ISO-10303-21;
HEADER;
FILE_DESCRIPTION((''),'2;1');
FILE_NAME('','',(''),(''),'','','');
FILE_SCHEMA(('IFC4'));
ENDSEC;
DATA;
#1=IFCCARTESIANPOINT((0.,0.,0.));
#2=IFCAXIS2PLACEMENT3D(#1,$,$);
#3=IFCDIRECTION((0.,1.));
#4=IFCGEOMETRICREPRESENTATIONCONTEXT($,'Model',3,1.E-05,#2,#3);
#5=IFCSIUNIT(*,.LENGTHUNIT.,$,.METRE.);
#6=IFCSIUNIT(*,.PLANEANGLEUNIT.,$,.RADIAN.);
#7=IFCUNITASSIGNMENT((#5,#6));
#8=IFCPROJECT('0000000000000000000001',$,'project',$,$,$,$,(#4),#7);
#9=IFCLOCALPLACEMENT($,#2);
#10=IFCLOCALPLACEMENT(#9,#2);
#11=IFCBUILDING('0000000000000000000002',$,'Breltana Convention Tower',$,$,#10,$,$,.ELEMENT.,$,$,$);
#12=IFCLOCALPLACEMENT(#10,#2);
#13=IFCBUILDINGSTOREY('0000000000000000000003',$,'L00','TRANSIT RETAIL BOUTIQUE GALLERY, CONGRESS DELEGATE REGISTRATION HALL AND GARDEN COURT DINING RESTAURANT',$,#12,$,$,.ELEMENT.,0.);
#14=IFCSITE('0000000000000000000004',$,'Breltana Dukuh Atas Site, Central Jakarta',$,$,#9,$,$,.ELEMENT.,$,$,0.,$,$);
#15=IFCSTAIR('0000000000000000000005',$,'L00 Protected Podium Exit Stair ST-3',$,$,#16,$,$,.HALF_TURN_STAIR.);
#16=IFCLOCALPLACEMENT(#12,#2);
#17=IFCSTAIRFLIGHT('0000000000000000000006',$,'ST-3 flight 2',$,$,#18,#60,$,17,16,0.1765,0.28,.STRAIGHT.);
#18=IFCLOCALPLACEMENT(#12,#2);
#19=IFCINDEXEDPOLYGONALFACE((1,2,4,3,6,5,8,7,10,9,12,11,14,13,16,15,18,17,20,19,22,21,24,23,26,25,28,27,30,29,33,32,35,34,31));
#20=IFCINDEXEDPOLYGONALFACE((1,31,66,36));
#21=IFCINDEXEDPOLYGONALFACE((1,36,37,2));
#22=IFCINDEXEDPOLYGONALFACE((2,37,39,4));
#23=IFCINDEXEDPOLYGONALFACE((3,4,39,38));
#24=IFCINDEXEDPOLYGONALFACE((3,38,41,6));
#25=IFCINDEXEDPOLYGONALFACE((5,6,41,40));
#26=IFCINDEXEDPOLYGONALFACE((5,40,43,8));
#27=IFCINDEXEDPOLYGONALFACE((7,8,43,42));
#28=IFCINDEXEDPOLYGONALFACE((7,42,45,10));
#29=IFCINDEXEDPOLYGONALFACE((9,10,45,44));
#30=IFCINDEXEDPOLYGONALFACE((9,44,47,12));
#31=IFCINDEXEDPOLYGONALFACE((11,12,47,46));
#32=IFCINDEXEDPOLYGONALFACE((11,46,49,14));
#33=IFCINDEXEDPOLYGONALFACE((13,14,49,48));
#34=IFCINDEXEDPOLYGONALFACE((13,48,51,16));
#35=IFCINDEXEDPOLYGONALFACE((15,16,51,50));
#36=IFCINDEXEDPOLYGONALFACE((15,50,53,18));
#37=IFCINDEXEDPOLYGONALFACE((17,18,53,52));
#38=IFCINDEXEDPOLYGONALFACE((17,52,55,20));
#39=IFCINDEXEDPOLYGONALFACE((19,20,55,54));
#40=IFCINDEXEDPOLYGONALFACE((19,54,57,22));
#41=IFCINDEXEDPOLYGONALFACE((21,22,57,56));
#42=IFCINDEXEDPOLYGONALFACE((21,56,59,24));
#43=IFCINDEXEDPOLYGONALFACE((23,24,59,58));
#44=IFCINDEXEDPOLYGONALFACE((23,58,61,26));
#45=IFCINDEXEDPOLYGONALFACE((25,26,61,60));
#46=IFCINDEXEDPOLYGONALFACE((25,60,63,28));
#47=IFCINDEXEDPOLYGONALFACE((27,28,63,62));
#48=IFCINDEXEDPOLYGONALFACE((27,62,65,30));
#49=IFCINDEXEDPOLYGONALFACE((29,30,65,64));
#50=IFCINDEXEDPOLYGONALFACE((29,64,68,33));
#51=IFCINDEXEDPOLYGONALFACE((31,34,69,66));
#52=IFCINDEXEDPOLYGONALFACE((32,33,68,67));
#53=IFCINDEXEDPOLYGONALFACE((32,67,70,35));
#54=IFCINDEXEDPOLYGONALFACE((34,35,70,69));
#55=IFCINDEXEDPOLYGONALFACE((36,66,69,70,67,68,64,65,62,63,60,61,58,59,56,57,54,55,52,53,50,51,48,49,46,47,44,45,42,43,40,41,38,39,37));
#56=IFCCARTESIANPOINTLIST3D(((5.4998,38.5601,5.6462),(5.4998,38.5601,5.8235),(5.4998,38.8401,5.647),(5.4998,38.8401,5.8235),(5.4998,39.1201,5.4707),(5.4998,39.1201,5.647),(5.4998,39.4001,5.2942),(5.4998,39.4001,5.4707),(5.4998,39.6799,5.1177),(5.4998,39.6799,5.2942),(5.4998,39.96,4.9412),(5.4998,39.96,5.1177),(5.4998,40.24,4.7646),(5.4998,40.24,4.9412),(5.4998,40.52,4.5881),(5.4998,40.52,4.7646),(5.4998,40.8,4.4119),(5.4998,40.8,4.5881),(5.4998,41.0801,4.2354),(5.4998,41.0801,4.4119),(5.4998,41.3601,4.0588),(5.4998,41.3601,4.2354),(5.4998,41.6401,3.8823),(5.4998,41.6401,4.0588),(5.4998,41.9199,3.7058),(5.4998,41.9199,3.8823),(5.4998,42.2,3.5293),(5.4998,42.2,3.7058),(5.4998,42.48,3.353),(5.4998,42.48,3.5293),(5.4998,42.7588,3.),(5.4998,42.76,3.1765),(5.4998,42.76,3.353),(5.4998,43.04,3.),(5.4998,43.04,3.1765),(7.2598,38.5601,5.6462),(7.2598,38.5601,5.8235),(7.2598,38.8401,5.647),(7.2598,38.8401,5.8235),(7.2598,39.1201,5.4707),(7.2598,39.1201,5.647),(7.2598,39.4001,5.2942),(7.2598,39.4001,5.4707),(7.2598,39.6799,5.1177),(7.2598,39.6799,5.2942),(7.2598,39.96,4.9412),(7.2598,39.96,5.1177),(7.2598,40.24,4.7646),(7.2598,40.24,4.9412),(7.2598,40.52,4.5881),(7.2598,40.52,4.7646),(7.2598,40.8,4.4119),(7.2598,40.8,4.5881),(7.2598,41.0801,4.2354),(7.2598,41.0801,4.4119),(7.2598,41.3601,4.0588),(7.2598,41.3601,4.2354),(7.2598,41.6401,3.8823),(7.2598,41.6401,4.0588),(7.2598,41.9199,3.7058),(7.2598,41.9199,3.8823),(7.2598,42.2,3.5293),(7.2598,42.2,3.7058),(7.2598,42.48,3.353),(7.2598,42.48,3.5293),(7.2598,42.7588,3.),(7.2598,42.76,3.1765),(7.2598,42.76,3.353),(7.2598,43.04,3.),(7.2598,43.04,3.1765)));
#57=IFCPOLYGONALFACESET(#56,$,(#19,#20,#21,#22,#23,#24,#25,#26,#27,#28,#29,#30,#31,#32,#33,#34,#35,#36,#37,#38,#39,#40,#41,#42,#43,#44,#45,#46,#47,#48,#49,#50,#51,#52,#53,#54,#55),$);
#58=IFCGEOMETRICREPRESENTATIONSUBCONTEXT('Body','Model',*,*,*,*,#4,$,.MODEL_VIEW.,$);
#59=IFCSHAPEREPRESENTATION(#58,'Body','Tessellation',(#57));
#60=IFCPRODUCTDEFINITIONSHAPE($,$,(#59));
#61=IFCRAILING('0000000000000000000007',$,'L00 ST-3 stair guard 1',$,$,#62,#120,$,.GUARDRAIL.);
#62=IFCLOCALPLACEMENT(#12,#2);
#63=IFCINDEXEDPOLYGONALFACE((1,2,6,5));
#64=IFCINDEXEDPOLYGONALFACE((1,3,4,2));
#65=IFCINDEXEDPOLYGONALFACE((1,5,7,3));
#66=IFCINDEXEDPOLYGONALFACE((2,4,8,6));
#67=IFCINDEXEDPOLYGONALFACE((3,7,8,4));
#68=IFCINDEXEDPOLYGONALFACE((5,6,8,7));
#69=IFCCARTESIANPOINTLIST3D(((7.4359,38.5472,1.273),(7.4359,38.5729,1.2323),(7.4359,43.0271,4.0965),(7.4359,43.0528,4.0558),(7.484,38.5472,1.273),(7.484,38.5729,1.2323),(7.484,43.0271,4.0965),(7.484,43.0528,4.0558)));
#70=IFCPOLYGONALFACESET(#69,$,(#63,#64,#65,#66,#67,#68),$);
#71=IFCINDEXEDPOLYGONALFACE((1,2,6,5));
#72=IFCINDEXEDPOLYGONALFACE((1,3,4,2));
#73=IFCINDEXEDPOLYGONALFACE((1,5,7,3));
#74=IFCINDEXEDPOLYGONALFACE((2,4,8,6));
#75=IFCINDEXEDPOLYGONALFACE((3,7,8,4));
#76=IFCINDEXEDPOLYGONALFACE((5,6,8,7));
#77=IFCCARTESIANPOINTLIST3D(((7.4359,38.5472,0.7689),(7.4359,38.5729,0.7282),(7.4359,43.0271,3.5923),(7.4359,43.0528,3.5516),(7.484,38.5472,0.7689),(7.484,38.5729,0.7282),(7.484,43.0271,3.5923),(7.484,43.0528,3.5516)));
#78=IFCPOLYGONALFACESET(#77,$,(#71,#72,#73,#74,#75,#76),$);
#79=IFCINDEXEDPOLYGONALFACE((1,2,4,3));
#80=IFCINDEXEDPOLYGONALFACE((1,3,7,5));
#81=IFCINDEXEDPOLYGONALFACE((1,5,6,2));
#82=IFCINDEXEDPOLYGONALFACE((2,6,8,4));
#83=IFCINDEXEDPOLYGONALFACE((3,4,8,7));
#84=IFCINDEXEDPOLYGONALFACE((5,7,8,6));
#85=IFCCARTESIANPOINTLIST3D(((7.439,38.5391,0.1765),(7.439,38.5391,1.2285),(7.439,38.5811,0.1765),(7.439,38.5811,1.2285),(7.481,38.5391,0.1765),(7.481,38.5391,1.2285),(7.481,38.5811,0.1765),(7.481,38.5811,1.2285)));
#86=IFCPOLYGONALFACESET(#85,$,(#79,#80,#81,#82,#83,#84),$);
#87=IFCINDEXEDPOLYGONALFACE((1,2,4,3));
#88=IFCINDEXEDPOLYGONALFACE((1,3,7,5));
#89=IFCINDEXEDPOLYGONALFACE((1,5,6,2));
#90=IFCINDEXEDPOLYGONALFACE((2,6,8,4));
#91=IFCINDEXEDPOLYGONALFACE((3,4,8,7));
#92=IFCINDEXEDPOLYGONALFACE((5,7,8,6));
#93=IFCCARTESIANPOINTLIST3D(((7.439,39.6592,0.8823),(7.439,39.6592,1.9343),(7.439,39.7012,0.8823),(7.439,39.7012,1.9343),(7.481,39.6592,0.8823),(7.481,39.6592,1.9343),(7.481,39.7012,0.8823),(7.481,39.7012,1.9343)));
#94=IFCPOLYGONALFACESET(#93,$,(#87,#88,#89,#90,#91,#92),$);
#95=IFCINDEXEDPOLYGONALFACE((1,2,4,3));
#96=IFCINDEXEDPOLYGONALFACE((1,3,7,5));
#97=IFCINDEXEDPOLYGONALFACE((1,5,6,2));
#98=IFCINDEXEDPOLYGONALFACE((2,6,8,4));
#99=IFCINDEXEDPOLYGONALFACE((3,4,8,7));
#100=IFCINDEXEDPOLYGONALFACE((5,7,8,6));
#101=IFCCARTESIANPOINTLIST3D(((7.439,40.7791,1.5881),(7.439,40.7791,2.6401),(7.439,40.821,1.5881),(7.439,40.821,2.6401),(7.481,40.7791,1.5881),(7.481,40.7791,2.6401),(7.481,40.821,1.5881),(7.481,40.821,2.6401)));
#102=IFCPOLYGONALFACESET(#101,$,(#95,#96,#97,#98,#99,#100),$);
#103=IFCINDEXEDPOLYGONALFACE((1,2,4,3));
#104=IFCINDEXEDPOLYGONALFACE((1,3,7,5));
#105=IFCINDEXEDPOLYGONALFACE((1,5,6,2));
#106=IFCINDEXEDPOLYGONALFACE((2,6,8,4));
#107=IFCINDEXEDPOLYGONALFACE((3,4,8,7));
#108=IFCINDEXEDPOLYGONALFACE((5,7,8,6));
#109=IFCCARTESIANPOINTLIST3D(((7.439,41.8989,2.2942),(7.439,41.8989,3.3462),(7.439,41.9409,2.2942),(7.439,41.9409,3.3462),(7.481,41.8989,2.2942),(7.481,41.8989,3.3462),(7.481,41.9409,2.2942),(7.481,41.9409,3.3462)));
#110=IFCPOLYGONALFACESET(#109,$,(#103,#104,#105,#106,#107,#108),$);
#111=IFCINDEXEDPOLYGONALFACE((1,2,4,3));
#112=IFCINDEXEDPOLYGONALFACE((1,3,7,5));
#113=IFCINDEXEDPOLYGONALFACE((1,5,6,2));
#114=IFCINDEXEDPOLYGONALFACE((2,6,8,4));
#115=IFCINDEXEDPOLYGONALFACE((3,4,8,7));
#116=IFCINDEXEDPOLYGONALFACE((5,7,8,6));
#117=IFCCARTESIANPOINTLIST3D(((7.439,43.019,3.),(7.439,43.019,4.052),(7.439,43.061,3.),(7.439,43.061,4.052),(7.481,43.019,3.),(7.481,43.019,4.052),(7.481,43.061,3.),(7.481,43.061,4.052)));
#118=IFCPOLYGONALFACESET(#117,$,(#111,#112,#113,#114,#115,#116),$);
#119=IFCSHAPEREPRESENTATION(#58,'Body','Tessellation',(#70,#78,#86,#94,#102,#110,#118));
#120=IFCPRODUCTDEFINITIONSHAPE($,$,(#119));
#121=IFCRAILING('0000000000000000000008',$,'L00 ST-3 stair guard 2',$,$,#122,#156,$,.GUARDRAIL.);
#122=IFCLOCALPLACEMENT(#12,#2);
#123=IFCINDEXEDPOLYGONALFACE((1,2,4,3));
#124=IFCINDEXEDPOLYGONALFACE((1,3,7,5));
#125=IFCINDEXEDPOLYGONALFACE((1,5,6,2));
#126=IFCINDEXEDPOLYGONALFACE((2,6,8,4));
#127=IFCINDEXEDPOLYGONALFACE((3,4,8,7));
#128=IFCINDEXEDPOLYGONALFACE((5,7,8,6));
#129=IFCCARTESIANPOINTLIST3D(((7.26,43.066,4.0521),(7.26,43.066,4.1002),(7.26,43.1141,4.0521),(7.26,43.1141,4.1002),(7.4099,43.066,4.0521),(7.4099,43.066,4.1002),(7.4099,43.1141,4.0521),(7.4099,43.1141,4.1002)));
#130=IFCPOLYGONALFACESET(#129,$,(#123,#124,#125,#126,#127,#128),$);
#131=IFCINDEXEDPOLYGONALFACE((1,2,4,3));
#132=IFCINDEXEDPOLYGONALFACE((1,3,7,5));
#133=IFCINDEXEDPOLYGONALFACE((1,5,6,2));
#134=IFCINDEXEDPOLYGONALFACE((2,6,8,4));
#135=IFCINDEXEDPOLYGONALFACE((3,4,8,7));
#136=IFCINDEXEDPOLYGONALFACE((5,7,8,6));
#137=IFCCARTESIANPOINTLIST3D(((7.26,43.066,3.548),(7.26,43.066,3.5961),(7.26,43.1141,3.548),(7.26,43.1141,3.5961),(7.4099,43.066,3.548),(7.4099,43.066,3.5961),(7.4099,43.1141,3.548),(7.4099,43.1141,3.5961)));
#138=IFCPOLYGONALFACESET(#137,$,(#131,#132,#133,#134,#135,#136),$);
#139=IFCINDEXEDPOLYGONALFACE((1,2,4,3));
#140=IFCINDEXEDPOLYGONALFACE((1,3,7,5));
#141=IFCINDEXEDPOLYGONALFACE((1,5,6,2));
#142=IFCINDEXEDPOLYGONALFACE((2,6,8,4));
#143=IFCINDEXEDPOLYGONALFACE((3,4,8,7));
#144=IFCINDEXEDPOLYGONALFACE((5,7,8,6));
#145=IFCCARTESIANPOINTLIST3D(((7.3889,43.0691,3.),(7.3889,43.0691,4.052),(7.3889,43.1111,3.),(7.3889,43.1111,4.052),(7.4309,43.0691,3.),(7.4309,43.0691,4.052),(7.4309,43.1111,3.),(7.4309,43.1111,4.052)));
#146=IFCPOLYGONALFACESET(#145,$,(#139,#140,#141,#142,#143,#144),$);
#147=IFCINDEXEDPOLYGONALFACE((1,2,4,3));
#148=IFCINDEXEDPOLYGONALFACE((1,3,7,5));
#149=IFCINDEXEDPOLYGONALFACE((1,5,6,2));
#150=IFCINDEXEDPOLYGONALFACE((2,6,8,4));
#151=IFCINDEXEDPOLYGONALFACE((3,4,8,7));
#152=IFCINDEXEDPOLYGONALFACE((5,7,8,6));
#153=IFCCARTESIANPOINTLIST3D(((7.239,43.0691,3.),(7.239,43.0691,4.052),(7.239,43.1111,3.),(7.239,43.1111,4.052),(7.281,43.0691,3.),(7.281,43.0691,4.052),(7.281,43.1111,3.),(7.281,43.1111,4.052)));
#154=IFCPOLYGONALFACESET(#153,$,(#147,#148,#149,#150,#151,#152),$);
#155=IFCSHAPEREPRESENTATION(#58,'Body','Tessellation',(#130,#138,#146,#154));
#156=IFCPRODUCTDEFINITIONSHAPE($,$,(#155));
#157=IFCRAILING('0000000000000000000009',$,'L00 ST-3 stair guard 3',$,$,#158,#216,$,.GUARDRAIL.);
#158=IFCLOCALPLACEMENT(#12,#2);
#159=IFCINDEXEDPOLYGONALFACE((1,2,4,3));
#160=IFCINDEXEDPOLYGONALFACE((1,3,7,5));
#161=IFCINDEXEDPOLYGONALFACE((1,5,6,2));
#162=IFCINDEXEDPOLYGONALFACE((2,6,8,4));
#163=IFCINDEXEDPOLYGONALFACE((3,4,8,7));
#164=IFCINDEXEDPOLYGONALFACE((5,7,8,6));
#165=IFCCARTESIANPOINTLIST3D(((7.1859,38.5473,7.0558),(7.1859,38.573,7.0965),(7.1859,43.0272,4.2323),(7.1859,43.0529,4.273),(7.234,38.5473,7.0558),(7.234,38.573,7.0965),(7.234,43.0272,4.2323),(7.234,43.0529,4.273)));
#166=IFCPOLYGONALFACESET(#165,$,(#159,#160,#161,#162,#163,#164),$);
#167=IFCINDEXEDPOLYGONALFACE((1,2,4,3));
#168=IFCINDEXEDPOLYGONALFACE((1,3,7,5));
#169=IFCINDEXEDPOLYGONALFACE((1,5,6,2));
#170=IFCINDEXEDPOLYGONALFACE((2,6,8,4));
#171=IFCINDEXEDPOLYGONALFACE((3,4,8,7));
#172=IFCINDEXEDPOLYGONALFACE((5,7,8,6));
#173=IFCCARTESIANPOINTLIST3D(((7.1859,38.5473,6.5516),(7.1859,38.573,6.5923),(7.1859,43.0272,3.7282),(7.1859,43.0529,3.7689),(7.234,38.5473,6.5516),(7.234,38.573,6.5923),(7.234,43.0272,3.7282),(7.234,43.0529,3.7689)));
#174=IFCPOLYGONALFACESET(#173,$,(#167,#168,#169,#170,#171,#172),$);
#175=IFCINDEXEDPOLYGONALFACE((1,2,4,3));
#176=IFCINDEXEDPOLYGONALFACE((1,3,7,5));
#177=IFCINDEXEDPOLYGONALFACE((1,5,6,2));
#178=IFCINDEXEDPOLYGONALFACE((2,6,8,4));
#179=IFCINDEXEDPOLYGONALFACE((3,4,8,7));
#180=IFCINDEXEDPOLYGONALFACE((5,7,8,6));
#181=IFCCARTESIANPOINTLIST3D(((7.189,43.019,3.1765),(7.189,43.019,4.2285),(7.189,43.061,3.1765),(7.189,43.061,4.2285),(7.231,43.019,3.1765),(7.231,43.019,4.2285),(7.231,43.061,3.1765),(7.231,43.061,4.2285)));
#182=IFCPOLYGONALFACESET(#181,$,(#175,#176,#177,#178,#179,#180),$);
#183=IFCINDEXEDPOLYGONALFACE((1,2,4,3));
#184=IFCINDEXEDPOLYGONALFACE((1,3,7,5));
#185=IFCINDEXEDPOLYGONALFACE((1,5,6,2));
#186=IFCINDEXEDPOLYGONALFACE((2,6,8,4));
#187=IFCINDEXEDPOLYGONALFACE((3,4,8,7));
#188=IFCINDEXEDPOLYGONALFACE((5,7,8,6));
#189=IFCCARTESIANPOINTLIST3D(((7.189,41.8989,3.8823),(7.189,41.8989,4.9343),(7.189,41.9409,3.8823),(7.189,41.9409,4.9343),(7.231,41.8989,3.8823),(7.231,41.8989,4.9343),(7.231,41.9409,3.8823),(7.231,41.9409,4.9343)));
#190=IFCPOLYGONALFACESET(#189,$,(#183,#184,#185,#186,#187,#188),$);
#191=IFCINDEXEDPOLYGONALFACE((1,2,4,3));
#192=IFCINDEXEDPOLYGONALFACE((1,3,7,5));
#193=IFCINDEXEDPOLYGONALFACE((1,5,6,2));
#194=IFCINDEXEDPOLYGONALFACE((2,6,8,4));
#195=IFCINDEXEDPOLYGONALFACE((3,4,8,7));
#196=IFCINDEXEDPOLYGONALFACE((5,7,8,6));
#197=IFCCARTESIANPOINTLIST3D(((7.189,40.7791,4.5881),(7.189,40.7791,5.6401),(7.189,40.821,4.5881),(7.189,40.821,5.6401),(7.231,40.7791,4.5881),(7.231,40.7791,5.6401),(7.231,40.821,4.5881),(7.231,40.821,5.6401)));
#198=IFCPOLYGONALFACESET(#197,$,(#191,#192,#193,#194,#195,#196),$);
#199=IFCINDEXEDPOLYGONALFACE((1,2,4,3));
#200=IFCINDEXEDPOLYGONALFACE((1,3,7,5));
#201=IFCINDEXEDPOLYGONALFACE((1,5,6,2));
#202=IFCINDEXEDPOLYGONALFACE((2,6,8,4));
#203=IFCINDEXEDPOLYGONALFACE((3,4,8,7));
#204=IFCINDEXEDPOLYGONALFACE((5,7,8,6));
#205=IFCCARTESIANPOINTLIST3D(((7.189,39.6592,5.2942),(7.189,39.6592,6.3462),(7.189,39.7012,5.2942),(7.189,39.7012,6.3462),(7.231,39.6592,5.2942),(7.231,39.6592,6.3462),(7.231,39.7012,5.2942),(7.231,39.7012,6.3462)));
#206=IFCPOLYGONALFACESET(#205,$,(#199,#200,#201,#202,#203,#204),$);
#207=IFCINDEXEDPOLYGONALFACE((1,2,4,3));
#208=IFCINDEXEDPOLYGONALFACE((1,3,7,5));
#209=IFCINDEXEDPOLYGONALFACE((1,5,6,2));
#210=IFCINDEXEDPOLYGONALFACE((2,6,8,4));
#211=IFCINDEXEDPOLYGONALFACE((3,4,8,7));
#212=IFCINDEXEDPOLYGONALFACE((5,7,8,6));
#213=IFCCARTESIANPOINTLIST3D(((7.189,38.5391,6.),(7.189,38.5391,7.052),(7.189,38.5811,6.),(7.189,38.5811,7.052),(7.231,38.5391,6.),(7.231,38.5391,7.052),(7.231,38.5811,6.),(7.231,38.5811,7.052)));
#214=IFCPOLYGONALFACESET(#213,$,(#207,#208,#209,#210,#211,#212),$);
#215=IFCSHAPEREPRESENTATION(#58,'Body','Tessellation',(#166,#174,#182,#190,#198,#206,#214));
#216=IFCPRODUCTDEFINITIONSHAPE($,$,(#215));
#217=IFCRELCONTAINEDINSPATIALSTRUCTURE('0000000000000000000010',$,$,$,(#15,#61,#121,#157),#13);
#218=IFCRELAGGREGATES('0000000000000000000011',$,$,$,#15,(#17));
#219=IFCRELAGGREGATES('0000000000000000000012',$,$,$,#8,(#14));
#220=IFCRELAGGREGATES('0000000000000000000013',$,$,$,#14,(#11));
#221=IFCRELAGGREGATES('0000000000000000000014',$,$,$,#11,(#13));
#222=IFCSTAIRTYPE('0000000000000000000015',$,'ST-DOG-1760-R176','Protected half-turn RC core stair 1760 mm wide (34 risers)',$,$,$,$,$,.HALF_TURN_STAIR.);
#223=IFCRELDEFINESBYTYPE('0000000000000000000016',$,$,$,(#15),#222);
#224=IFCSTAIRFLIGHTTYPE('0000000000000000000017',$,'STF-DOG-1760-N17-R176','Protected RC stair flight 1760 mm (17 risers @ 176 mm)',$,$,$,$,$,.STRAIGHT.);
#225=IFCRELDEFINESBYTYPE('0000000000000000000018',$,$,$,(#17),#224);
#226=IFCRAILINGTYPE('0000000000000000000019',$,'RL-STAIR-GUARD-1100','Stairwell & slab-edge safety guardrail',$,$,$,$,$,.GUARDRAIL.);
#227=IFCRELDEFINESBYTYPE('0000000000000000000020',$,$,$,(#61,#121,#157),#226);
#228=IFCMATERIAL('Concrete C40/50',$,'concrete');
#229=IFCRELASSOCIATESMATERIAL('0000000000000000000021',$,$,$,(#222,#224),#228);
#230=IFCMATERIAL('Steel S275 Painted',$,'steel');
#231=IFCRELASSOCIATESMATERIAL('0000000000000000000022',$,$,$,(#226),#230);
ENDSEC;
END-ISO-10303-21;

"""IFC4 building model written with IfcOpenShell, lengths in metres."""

from ifc_helpers import new_model, si_unit, direction, frame, origin, origin_2d, place, context, subcontext, project, spatial, polyline, rectangle, outline, extrude, material, type_object, element, aggregate, save


model = new_model("IFC4")

# Units and contexts
model_context = context("Model", 3, precision=1e-05, world=origin(), true_north=direction((0.0, 1.0)))
body_context = subcontext(model_context, "Body", "Model", "MODEL_VIEW")
ifc_project = project(units=[si_unit("LENGTHUNIT", "METRE"), si_unit("PLANEANGLEUNIT", "RADIAN")], contexts=[model_context])

# Site, building, storey
site_placement = place(None, origin())
site = spatial("IfcSite", under=ifc_project, at=site_placement, Name="Breltana Dukuh Atas Site, Central Jakarta", CompositionType="ELEMENT", RefElevation=0.0)
building_placement = place(site_placement, origin())
building = spatial("IfcBuilding", under=site, at=building_placement, Name="Breltana Convention Tower", CompositionType="ELEMENT")
storey_placement = place(building_placement, origin())
storey = spatial("IfcBuildingStorey", under=building, at=storey_placement, Name="L00", Description="TRANSIT RETAIL BOUTIQUE GALLERY, CONGRESS DELEGATE REGISTRATION HALL AND GARDEN COURT DINING RESTAURANT", CompositionType="ELEMENT", Elevation=0.0)

# Shared definitions
ifc_material_1 = material(Name="Concrete C40/50", Category="concrete")

# Stair, stair flight
stair_type = type_object("IfcStairType", Name="ST-DOG-1760-R176", Description="Protected half-turn RC core stair 1760 mm wide (34 risers)", PredefinedType="HALF_TURN_STAIR", material=ifc_material_1)
stair_placement = place(storey_placement, origin())
stair = element("IfcStair", 1, at=stair_placement, inside=storey, type_object=stair_type, Name="L00 Protected Podium Exit Stair ST-3", PredefinedType="HALF_TURN_STAIR")
stair_flight_type = type_object("IfcStairFlightType", Name="STF-DOG-1760-N17-R176", Description="Protected RC stair flight 1760 mm (17 risers @ 176 mm)", PredefinedType="STRAIGHT", material=ifc_material_1)
stair_flight_1_placement = place(storey_placement, frame((6.3799, 43.04, 3.0), z_axis=(0.0, 0.0, 1.0), x_axis=(0.0, -1.0, 0.0)))
stair_flight_1 = element("IfcStairFlight", 2, at=stair_flight_1_placement, type_object=stair_flight_type, Name="ST-3 flight 2", NumberOfRisers=17, NumberOfTreads=16, PredefinedType="STRAIGHT", RiserHeight=0.1765, TreadLength=0.28, context=body_context, shape_type="SweptSolid", body=[
    extrude(outline(polyline([(0.0, 0.0), (0.0, 0.1765), (0.28, 0.1765), (0.28, 0.353), (0.5601, 0.353), (0.5601, 0.5293), (0.8401, 0.5293), (0.8401, 0.7058), (1.1201, 0.7058), (1.1201, 0.8823), (1.3999, 0.8823), (1.3999, 1.0588), (1.6799, 1.0588), (1.6799, 1.2354), (1.96, 1.2354), (1.96, 1.4119), (2.24, 1.4119), (2.24, 1.5881), (2.52, 1.5881), (2.52, 1.7646), (2.8, 1.7646), (2.8, 1.9412), (3.0801, 1.9412), (3.0801, 2.1177), (3.3601, 2.1177), (3.3601, 2.2942), (3.6399, 2.2942), (3.6399, 2.4707), (3.9199, 2.4707), (3.9199, 2.647), (4.2, 2.647), (4.2, 2.8235), (4.48, 2.8235), (4.48, 3.0), (4.48, 2.6462), (0.2812, 0.0), (0.0, 0.0)])), frame((0.0, 0.8799, 0.0), z_axis=(0.0, -1.0, 0.0), x_axis=(1.0, 0.0, 0.0)), (0.0, 0.0, 1.0), 1.76),
])
aggregate(stair, [stair_flight_1])

# Railings
ifc_material_2 = material(Name="Steel S275 Painted", Category="steel")
railing_type_1 = type_object("IfcRailingType", Name="RL-STAIR-GUARD-1100", Description="Stairwell & slab-edge safety guardrail", PredefinedType="GUARDRAIL", material=ifc_material_2)
railing_1_placement = place(storey_placement, frame((7.46, 38.5601, 0.1765)))
element("IfcRailing", 3, at=railing_1_placement, inside=storey, type_object=railing_type_1, Name="L00 ST-3 stair guard 1", PredefinedType="GUARDRAIL", context=body_context, shape_type="SweptSolid", body=[
    extrude(rectangle(XDim=0.0481, YDim=0.0481, at=origin_2d()), frame((0.0, 0.0, 1.0762), z_axis=(0.0, 0.845998, 0.533186), x_axis=(-1.0, 0.0, 0.0)), (0.0, 0.0, 1.0), 5.2954),
    extrude(rectangle(XDim=0.0481, YDim=0.0481, at=origin_2d()), frame((0.0, 0.0, 0.572), z_axis=(0.0, 0.845998, 0.533186), x_axis=(-1.0, 0.0, 0.0)), (0.0, 0.0, 1.0), 5.2954),
    extrude(rectangle(XDim=0.042, YDim=0.042, at=origin_2d()), origin(), (0.0, 0.0, 1.0), 1.052),
    extrude(rectangle(XDim=0.042, YDim=0.042, at=origin_2d()), frame((0.0, 1.1201, 0.7058)), (0.0, 0.0, 1.0), 1.052),
    extrude(rectangle(XDim=0.042, YDim=0.042, at=origin_2d()), frame((0.0, 2.24, 1.4116)), (0.0, 0.0, 1.0), 1.052),
    extrude(rectangle(XDim=0.042, YDim=0.042, at=origin_2d()), frame((0.0, 3.3599, 2.1177)), (0.0, 0.0, 1.0), 1.052),
    extrude(rectangle(XDim=0.042, YDim=0.042, at=origin_2d()), frame((0.0, 4.48, 2.8235)), (0.0, 0.0, 1.0), 1.052),
])
railing_2_placement = place(storey_placement, frame((7.4099, 43.0901, 3.0)))
element("IfcRailing", 4, at=railing_2_placement, inside=storey, type_object=railing_type_1, Name="L00 ST-3 stair guard 2", PredefinedType="GUARDRAIL", context=body_context, shape_type="SweptSolid", body=[
    extrude(rectangle(XDim=0.0481, YDim=0.0481, at=origin_2d()), frame((0.0, 0.0, 1.0762), z_axis=(-1.0, 0.0, 0.0), x_axis=(0.0, -1.0, 0.0)), (0.0, 0.0, 1.0), 0.1499),
    extrude(rectangle(XDim=0.0481, YDim=0.0481, at=origin_2d()), frame((0.0, 0.0, 0.572), z_axis=(-1.0, 0.0, 0.0), x_axis=(0.0, -1.0, 0.0)), (0.0, 0.0, 1.0), 0.1499),
    extrude(rectangle(XDim=0.042, YDim=0.042, at=origin_2d()), origin(), (0.0, 0.0, 1.0), 1.052),
    extrude(rectangle(XDim=0.042, YDim=0.042, at=origin_2d()), frame((-0.1499, 0.0, 0.0)), (0.0, 0.0, 1.0), 1.052),
])
railing_3_placement = place(storey_placement, frame((7.21, 43.04, 3.1765)))
element("IfcRailing", 5, at=railing_3_placement, inside=storey, type_object=railing_type_1, Name="L00 ST-3 stair guard 3", PredefinedType="GUARDRAIL", context=body_context, shape_type="SweptSolid", body=[
    extrude(rectangle(XDim=0.0481, YDim=0.0481, at=origin_2d()), frame((0.0, 0.0, 1.0762), z_axis=(0.0, -0.845998, 0.533186), x_axis=(1.0, 0.0, 0.0)), (0.0, 0.0, 1.0), 5.2954),
    extrude(rectangle(XDim=0.0481, YDim=0.0481, at=origin_2d()), frame((0.0, 0.0, 0.572), z_axis=(0.0, -0.845998, 0.533186), x_axis=(1.0, 0.0, 0.0)), (0.0, 0.0, 1.0), 5.2954),
    extrude(rectangle(XDim=0.042, YDim=0.042, at=origin_2d()), origin(), (0.0, 0.0, 1.0), 1.052),
    extrude(rectangle(XDim=0.042, YDim=0.042, at=origin_2d()), frame((0.0, -1.1201, 0.7058)), (0.0, 0.0, 1.0), 1.052),
    extrude(rectangle(XDim=0.042, YDim=0.042, at=origin_2d()), frame((0.0, -2.24, 1.4116)), (0.0, 0.0, 1.0), 1.052),
    extrude(rectangle(XDim=0.042, YDim=0.042, at=origin_2d()), frame((0.0, -3.3599, 2.1177)), (0.0, 0.0, 1.0), 1.052),
    extrude(rectangle(XDim=0.042, YDim=0.042, at=origin_2d()), frame((0.0, -4.48, 2.8235)), (0.0, 0.0, 1.0), 1.052),
])

save(model, "model.ifc")
